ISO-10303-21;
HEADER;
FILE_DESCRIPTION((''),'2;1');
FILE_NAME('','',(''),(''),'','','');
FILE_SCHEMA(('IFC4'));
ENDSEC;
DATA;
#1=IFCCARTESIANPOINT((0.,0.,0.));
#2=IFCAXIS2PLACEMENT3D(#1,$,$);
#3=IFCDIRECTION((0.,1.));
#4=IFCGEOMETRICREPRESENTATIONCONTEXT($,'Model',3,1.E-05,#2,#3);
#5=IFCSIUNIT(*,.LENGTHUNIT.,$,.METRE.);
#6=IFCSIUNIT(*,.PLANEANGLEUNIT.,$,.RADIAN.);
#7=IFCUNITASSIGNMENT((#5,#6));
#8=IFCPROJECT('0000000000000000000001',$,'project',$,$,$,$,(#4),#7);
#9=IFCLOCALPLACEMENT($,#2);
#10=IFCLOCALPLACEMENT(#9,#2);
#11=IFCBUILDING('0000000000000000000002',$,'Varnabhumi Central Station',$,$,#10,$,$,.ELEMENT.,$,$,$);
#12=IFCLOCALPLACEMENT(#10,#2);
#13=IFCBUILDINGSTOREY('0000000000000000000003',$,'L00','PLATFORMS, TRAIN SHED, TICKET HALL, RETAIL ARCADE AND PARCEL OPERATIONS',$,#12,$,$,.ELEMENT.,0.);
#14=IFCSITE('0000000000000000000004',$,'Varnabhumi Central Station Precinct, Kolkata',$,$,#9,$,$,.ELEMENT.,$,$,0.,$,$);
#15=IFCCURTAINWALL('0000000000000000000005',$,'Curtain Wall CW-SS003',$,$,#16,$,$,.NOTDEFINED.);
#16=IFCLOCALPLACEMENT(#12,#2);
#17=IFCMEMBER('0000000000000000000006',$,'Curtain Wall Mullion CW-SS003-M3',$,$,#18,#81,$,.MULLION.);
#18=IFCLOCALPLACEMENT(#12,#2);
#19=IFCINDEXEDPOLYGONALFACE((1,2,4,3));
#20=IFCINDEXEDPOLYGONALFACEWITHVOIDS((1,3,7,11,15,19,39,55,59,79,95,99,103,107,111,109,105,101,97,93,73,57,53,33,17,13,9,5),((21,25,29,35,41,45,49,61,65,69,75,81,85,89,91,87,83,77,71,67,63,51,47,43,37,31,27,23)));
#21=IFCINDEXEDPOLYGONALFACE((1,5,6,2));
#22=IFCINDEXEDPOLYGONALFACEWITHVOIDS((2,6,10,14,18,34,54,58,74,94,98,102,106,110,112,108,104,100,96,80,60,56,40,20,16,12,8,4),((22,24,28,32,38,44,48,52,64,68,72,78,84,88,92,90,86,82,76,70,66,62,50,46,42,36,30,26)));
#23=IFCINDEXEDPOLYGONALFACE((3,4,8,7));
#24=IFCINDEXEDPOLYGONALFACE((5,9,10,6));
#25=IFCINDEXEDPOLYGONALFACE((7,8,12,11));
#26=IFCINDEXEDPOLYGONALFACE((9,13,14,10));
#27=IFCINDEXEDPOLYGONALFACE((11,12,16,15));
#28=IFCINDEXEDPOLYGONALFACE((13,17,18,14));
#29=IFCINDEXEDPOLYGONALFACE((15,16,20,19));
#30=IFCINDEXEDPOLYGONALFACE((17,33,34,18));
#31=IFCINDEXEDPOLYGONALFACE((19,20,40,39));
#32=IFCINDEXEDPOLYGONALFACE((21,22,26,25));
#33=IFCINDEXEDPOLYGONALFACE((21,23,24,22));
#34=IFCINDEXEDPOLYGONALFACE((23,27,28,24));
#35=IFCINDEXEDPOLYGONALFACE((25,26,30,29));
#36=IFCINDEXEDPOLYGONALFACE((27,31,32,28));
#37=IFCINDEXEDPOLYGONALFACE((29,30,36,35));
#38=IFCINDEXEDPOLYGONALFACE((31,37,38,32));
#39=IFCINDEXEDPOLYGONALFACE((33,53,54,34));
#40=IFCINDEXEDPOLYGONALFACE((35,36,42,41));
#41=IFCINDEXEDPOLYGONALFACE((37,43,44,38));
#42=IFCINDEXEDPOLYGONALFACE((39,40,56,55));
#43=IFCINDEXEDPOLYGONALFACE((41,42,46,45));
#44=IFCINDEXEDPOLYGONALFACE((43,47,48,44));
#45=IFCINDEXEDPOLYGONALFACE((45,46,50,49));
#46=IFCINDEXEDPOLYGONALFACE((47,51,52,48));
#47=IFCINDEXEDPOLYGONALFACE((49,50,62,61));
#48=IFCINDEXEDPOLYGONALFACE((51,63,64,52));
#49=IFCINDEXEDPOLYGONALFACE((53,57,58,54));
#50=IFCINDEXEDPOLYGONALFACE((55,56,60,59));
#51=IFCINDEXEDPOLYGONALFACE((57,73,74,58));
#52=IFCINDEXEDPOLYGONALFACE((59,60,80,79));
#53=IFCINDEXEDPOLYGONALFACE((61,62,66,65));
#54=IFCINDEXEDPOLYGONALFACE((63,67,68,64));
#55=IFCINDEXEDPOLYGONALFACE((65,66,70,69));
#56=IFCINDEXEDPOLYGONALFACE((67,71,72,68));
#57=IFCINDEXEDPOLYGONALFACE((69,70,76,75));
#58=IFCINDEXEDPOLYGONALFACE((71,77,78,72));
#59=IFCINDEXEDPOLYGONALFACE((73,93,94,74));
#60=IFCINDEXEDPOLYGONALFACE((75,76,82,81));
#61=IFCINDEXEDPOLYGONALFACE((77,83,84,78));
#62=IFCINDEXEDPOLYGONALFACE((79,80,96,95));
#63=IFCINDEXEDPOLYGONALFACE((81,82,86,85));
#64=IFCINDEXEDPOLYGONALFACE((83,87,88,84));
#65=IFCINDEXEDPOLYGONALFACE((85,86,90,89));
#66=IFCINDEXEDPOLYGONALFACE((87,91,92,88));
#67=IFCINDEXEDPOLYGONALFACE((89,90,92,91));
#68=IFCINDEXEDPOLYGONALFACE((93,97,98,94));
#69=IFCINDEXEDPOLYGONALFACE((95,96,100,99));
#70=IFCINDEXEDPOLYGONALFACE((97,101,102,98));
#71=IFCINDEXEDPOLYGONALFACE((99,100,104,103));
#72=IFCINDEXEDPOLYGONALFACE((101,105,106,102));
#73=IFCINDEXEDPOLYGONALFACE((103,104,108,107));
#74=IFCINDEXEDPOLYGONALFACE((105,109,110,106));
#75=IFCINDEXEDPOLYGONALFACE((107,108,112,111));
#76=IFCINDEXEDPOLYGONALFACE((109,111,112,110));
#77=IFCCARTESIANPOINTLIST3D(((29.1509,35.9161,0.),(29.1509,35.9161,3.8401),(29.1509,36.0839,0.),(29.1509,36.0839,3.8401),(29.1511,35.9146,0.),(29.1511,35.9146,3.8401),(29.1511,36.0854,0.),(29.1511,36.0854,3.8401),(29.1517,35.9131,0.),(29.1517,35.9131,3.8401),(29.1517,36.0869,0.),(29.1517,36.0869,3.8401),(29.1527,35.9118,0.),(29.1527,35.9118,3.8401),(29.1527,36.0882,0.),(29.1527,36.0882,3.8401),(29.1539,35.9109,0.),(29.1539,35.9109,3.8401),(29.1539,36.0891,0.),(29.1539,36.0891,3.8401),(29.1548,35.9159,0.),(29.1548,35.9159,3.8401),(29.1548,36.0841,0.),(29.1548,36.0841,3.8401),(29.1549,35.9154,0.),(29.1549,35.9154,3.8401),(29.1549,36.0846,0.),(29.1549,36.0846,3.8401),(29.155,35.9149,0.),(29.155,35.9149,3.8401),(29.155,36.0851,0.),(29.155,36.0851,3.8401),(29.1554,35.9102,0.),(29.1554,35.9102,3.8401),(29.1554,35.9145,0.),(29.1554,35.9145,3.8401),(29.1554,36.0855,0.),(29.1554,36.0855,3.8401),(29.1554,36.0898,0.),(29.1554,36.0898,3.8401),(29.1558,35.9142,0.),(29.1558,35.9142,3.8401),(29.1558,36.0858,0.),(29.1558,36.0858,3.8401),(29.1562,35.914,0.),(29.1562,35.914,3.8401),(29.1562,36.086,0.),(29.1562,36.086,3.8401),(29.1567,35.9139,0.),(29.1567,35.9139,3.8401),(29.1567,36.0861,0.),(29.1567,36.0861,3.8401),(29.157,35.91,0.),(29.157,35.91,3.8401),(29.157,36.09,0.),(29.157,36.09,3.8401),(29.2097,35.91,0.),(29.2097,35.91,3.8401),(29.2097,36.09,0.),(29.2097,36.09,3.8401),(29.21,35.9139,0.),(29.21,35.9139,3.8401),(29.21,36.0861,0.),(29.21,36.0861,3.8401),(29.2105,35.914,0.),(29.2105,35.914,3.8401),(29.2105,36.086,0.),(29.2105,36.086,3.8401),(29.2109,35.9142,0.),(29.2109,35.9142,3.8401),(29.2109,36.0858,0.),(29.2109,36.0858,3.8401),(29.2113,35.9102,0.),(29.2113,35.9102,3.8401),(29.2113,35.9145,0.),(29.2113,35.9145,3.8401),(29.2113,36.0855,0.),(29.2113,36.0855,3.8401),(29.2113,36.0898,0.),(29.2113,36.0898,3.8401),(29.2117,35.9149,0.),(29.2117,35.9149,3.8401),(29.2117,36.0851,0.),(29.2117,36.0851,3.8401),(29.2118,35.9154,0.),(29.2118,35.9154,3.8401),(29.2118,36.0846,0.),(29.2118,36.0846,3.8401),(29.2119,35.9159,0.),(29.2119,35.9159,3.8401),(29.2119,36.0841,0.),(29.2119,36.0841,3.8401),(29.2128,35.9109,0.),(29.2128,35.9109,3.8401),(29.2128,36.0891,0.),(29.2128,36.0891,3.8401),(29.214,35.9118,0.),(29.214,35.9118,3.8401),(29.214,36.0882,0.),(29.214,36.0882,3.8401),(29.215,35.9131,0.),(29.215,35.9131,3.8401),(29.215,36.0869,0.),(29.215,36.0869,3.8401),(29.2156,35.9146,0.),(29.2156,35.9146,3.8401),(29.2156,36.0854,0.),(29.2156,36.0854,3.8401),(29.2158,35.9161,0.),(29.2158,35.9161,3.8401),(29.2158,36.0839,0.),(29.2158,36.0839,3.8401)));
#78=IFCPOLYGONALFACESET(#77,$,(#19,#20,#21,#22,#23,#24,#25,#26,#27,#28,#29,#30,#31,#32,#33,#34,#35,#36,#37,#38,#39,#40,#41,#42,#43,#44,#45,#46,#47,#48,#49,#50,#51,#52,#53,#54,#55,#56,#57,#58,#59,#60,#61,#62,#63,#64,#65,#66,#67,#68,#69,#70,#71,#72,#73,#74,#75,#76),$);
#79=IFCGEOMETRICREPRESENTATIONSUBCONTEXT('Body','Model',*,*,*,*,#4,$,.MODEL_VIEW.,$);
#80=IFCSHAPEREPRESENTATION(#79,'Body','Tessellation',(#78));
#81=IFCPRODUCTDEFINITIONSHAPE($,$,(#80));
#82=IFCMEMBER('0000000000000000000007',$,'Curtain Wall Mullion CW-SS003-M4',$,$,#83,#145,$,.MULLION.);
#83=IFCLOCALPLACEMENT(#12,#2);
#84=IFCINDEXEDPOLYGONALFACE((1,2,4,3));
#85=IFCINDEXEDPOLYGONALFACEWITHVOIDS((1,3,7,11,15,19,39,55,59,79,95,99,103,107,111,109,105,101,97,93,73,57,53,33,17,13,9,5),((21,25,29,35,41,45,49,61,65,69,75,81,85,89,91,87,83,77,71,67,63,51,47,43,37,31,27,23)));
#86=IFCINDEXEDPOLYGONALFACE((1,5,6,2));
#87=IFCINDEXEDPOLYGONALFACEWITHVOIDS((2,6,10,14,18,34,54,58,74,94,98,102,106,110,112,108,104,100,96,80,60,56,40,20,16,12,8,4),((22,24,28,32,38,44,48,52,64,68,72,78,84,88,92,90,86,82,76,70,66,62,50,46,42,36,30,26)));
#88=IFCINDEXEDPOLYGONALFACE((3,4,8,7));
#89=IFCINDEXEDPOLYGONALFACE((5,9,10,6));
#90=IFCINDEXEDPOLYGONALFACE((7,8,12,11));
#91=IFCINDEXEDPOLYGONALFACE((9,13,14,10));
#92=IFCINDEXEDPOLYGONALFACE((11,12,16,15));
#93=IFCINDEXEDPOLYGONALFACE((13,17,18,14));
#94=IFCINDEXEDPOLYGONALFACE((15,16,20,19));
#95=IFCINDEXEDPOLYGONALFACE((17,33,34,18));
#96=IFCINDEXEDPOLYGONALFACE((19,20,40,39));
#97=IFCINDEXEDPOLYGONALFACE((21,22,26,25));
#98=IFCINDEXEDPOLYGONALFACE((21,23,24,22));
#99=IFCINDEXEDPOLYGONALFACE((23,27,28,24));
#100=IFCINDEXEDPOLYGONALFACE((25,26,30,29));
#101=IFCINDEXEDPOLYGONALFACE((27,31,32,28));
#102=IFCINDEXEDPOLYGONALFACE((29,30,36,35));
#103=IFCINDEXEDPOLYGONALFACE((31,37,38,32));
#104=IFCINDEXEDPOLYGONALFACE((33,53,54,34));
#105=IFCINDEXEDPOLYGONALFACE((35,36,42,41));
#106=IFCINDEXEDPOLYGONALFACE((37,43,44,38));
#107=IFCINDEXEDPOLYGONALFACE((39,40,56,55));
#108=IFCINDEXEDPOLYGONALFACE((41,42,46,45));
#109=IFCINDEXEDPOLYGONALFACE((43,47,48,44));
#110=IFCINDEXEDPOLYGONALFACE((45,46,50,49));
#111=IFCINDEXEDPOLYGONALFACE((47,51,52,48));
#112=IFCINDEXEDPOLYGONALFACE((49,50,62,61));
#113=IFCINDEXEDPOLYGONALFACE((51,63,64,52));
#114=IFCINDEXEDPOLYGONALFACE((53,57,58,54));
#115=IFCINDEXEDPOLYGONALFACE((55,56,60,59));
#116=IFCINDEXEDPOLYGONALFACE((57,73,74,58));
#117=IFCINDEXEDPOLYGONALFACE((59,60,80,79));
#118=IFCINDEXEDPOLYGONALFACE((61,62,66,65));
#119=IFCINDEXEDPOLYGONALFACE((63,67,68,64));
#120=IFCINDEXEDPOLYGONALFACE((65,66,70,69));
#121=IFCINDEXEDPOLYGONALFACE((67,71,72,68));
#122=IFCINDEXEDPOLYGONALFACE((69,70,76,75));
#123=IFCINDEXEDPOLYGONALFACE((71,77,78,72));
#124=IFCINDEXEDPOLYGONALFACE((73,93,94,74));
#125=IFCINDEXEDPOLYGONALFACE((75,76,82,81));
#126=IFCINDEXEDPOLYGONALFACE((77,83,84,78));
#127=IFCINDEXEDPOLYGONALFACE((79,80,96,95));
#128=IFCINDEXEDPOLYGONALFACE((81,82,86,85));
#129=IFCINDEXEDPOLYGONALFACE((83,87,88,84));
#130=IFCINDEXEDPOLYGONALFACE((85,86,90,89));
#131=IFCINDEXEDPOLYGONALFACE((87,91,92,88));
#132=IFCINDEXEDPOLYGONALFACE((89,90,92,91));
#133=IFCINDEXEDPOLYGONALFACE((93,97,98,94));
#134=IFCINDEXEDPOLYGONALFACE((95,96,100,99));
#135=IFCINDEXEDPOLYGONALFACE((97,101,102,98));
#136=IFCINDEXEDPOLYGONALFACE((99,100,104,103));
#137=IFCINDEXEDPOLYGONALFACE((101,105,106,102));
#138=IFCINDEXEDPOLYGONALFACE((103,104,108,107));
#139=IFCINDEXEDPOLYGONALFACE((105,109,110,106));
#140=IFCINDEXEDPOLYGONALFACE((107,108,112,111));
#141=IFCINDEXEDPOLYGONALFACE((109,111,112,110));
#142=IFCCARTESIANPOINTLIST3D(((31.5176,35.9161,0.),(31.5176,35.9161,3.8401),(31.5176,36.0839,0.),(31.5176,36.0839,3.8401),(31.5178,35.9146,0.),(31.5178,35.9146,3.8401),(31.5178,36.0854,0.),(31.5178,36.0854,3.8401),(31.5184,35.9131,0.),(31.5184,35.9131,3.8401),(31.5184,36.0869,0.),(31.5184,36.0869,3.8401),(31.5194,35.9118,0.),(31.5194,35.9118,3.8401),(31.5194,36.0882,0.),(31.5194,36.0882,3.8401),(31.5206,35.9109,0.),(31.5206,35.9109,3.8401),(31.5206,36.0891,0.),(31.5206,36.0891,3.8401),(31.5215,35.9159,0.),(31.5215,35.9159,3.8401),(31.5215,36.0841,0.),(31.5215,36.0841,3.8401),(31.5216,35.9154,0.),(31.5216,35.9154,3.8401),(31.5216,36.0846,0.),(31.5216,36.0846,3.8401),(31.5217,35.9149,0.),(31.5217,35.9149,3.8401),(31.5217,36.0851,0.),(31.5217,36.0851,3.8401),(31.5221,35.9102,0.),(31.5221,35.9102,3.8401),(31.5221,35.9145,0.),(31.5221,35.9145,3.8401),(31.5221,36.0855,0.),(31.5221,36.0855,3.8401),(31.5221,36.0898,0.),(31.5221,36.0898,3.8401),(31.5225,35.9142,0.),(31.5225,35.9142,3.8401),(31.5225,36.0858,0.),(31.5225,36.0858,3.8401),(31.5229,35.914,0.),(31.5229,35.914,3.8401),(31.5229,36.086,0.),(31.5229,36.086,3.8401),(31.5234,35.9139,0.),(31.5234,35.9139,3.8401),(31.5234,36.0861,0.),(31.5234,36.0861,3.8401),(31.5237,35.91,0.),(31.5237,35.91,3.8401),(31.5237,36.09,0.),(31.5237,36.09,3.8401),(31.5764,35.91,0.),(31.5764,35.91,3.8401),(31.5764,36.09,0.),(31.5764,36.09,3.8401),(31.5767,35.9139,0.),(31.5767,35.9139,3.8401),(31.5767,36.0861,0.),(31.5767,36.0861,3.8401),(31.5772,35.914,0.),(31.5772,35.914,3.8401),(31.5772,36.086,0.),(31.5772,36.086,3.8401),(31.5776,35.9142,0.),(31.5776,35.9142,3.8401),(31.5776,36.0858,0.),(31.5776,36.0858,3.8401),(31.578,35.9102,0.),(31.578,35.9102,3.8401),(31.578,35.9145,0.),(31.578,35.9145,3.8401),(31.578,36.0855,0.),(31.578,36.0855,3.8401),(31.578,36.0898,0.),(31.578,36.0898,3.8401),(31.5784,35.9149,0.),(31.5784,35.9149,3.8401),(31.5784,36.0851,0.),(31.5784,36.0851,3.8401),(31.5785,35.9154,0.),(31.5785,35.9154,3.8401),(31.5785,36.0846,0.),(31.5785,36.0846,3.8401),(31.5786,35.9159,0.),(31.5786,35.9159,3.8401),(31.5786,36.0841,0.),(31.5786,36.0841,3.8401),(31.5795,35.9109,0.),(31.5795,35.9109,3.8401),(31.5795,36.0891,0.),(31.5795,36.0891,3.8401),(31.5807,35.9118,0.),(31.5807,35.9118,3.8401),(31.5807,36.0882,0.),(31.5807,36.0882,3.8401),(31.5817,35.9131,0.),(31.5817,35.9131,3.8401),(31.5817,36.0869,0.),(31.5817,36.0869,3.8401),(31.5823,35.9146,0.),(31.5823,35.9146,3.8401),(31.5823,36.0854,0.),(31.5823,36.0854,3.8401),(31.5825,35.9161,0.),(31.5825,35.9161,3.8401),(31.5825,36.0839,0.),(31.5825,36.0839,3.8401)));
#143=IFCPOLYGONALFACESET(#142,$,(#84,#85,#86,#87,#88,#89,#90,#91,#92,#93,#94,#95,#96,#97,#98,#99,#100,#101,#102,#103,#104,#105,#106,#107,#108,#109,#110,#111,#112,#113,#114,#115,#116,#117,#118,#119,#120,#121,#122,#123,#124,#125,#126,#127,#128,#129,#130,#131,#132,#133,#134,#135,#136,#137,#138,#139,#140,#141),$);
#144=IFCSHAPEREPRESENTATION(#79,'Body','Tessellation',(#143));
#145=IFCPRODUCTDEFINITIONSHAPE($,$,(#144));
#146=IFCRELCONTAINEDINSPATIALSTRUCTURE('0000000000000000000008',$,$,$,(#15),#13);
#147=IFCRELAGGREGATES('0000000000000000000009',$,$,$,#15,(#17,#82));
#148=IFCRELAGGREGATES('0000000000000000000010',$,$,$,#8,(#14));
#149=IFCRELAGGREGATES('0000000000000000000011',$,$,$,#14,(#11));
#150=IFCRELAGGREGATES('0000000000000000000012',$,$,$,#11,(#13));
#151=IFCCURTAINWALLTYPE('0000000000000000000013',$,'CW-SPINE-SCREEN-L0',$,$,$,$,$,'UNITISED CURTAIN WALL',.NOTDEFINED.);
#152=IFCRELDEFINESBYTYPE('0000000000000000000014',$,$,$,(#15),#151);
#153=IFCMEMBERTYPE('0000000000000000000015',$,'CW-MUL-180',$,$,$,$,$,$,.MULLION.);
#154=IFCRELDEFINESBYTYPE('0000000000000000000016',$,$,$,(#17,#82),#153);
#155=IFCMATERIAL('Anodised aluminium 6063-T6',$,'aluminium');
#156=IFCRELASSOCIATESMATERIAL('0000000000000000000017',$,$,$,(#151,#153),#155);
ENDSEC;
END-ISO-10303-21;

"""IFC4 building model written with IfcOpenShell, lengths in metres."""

from ifc_helpers import new_model, si_unit, direction, frame, origin, origin_2d, place, context, subcontext, project, spatial, hollow_rectangle, extrude, material, material_profile, profile_set, type_object, element, aggregate, save


model = new_model("IFC4")

# Units and contexts
model_context = context("Model", 3, precision=1e-05, world=origin(), true_north=direction((0.0, 1.0)))
body_context = subcontext(model_context, "Body", "Model", "MODEL_VIEW")
ifc_project = project(units=[si_unit("LENGTHUNIT", "METRE"), si_unit("PLANEANGLEUNIT", "RADIAN")], contexts=[model_context])

# Site, building, storey
site_placement = place(None, origin())
site = spatial("IfcSite", under=ifc_project, at=site_placement, Name="Varnabhumi Central Station Precinct, Kolkata", CompositionType="ELEMENT", RefElevation=0.0)
building_placement = place(site_placement, origin())
building = spatial("IfcBuilding", under=site, at=building_placement, Name="Varnabhumi Central Station", CompositionType="ELEMENT")
storey_placement = place(building_placement, origin())
storey = spatial("IfcBuildingStorey", under=building, at=storey_placement, Name="L00", Description="PLATFORMS, TRAIN SHED, TICKET HALL, RETAIL ARCADE AND PARCEL OPERATIONS", CompositionType="ELEMENT", Elevation=0.0)

# Curtain wall, members
ifc_material_1 = material(Name="Anodised aluminium 6063-T6", Category="aluminium")
curtain_wall_type = type_object("IfcCurtainWallType", Name="CW-SPINE-SCREEN-L0", ElementType="UNITISED CURTAIN WALL", PredefinedType="NOTDEFINED", material=ifc_material_1)
curtain_wall_placement = place(storey_placement, origin())
curtain_wall = element("IfcCurtainWall", 1, at=curtain_wall_placement, inside=storey, type_object=curtain_wall_type, Name="Curtain Wall CW-SS003", PredefinedType="NOTDEFINED")
ifc_material_profile_1 = material_profile(ifc_material_1, hollow_rectangle(XDim=0.0649, YDim=0.1799, WallThickness=0.0039, InnerFilletRadius=0.002, OuterFilletRadius=0.0061, at=origin_2d()), Name="Anodised aluminium 6063-T6", Category="aluminium")
ifc_profile_set_1 = profile_set([ifc_material_profile_1], Name="Anodised aluminium 6063-T6")
member_type_1 = type_object("IfcMemberType", Name="CW-MUL-180", PredefinedType="MULLION", material=ifc_profile_set_1)
member_1_placement = place(storey_placement, frame((29.1833, 36.0, 0.0), z_axis=(0.0, 0.0, 1.0), x_axis=(1.0, 0.0, 0.0)))
member_1 = element("IfcMember", 2, at=member_1_placement, type_object=member_type_1, Name="Curtain Wall Mullion CW-SS003-M3", PredefinedType="MULLION", context=body_context, shape_type="SweptSolid", body=[
    extrude(hollow_rectangle(XDim=0.0649, YDim=0.1799, WallThickness=0.0039, InnerFilletRadius=0.002, OuterFilletRadius=0.0061, at=origin_2d()), origin(), (0.0, 0.0, 1.0), 3.8401),
])
member_2_placement = place(storey_placement, frame((31.55, 36.0, 0.0), z_axis=(0.0, 0.0, 1.0), x_axis=(1.0, 0.0, 0.0)))
member_2 = element("IfcMember", 3, at=member_2_placement, type_object=member_type_1, Name="Curtain Wall Mullion CW-SS003-M4", PredefinedType="MULLION", context=body_context, shape_type="SweptSolid", body=[
    extrude(hollow_rectangle(XDim=0.0649, YDim=0.1799, WallThickness=0.0039, InnerFilletRadius=0.002, OuterFilletRadius=0.0061, at=origin_2d()), origin(), (0.0, 0.0, 1.0), 3.8401),
])
aggregate(curtain_wall, [member_1, member_2])

save(model, "model.ifc")
